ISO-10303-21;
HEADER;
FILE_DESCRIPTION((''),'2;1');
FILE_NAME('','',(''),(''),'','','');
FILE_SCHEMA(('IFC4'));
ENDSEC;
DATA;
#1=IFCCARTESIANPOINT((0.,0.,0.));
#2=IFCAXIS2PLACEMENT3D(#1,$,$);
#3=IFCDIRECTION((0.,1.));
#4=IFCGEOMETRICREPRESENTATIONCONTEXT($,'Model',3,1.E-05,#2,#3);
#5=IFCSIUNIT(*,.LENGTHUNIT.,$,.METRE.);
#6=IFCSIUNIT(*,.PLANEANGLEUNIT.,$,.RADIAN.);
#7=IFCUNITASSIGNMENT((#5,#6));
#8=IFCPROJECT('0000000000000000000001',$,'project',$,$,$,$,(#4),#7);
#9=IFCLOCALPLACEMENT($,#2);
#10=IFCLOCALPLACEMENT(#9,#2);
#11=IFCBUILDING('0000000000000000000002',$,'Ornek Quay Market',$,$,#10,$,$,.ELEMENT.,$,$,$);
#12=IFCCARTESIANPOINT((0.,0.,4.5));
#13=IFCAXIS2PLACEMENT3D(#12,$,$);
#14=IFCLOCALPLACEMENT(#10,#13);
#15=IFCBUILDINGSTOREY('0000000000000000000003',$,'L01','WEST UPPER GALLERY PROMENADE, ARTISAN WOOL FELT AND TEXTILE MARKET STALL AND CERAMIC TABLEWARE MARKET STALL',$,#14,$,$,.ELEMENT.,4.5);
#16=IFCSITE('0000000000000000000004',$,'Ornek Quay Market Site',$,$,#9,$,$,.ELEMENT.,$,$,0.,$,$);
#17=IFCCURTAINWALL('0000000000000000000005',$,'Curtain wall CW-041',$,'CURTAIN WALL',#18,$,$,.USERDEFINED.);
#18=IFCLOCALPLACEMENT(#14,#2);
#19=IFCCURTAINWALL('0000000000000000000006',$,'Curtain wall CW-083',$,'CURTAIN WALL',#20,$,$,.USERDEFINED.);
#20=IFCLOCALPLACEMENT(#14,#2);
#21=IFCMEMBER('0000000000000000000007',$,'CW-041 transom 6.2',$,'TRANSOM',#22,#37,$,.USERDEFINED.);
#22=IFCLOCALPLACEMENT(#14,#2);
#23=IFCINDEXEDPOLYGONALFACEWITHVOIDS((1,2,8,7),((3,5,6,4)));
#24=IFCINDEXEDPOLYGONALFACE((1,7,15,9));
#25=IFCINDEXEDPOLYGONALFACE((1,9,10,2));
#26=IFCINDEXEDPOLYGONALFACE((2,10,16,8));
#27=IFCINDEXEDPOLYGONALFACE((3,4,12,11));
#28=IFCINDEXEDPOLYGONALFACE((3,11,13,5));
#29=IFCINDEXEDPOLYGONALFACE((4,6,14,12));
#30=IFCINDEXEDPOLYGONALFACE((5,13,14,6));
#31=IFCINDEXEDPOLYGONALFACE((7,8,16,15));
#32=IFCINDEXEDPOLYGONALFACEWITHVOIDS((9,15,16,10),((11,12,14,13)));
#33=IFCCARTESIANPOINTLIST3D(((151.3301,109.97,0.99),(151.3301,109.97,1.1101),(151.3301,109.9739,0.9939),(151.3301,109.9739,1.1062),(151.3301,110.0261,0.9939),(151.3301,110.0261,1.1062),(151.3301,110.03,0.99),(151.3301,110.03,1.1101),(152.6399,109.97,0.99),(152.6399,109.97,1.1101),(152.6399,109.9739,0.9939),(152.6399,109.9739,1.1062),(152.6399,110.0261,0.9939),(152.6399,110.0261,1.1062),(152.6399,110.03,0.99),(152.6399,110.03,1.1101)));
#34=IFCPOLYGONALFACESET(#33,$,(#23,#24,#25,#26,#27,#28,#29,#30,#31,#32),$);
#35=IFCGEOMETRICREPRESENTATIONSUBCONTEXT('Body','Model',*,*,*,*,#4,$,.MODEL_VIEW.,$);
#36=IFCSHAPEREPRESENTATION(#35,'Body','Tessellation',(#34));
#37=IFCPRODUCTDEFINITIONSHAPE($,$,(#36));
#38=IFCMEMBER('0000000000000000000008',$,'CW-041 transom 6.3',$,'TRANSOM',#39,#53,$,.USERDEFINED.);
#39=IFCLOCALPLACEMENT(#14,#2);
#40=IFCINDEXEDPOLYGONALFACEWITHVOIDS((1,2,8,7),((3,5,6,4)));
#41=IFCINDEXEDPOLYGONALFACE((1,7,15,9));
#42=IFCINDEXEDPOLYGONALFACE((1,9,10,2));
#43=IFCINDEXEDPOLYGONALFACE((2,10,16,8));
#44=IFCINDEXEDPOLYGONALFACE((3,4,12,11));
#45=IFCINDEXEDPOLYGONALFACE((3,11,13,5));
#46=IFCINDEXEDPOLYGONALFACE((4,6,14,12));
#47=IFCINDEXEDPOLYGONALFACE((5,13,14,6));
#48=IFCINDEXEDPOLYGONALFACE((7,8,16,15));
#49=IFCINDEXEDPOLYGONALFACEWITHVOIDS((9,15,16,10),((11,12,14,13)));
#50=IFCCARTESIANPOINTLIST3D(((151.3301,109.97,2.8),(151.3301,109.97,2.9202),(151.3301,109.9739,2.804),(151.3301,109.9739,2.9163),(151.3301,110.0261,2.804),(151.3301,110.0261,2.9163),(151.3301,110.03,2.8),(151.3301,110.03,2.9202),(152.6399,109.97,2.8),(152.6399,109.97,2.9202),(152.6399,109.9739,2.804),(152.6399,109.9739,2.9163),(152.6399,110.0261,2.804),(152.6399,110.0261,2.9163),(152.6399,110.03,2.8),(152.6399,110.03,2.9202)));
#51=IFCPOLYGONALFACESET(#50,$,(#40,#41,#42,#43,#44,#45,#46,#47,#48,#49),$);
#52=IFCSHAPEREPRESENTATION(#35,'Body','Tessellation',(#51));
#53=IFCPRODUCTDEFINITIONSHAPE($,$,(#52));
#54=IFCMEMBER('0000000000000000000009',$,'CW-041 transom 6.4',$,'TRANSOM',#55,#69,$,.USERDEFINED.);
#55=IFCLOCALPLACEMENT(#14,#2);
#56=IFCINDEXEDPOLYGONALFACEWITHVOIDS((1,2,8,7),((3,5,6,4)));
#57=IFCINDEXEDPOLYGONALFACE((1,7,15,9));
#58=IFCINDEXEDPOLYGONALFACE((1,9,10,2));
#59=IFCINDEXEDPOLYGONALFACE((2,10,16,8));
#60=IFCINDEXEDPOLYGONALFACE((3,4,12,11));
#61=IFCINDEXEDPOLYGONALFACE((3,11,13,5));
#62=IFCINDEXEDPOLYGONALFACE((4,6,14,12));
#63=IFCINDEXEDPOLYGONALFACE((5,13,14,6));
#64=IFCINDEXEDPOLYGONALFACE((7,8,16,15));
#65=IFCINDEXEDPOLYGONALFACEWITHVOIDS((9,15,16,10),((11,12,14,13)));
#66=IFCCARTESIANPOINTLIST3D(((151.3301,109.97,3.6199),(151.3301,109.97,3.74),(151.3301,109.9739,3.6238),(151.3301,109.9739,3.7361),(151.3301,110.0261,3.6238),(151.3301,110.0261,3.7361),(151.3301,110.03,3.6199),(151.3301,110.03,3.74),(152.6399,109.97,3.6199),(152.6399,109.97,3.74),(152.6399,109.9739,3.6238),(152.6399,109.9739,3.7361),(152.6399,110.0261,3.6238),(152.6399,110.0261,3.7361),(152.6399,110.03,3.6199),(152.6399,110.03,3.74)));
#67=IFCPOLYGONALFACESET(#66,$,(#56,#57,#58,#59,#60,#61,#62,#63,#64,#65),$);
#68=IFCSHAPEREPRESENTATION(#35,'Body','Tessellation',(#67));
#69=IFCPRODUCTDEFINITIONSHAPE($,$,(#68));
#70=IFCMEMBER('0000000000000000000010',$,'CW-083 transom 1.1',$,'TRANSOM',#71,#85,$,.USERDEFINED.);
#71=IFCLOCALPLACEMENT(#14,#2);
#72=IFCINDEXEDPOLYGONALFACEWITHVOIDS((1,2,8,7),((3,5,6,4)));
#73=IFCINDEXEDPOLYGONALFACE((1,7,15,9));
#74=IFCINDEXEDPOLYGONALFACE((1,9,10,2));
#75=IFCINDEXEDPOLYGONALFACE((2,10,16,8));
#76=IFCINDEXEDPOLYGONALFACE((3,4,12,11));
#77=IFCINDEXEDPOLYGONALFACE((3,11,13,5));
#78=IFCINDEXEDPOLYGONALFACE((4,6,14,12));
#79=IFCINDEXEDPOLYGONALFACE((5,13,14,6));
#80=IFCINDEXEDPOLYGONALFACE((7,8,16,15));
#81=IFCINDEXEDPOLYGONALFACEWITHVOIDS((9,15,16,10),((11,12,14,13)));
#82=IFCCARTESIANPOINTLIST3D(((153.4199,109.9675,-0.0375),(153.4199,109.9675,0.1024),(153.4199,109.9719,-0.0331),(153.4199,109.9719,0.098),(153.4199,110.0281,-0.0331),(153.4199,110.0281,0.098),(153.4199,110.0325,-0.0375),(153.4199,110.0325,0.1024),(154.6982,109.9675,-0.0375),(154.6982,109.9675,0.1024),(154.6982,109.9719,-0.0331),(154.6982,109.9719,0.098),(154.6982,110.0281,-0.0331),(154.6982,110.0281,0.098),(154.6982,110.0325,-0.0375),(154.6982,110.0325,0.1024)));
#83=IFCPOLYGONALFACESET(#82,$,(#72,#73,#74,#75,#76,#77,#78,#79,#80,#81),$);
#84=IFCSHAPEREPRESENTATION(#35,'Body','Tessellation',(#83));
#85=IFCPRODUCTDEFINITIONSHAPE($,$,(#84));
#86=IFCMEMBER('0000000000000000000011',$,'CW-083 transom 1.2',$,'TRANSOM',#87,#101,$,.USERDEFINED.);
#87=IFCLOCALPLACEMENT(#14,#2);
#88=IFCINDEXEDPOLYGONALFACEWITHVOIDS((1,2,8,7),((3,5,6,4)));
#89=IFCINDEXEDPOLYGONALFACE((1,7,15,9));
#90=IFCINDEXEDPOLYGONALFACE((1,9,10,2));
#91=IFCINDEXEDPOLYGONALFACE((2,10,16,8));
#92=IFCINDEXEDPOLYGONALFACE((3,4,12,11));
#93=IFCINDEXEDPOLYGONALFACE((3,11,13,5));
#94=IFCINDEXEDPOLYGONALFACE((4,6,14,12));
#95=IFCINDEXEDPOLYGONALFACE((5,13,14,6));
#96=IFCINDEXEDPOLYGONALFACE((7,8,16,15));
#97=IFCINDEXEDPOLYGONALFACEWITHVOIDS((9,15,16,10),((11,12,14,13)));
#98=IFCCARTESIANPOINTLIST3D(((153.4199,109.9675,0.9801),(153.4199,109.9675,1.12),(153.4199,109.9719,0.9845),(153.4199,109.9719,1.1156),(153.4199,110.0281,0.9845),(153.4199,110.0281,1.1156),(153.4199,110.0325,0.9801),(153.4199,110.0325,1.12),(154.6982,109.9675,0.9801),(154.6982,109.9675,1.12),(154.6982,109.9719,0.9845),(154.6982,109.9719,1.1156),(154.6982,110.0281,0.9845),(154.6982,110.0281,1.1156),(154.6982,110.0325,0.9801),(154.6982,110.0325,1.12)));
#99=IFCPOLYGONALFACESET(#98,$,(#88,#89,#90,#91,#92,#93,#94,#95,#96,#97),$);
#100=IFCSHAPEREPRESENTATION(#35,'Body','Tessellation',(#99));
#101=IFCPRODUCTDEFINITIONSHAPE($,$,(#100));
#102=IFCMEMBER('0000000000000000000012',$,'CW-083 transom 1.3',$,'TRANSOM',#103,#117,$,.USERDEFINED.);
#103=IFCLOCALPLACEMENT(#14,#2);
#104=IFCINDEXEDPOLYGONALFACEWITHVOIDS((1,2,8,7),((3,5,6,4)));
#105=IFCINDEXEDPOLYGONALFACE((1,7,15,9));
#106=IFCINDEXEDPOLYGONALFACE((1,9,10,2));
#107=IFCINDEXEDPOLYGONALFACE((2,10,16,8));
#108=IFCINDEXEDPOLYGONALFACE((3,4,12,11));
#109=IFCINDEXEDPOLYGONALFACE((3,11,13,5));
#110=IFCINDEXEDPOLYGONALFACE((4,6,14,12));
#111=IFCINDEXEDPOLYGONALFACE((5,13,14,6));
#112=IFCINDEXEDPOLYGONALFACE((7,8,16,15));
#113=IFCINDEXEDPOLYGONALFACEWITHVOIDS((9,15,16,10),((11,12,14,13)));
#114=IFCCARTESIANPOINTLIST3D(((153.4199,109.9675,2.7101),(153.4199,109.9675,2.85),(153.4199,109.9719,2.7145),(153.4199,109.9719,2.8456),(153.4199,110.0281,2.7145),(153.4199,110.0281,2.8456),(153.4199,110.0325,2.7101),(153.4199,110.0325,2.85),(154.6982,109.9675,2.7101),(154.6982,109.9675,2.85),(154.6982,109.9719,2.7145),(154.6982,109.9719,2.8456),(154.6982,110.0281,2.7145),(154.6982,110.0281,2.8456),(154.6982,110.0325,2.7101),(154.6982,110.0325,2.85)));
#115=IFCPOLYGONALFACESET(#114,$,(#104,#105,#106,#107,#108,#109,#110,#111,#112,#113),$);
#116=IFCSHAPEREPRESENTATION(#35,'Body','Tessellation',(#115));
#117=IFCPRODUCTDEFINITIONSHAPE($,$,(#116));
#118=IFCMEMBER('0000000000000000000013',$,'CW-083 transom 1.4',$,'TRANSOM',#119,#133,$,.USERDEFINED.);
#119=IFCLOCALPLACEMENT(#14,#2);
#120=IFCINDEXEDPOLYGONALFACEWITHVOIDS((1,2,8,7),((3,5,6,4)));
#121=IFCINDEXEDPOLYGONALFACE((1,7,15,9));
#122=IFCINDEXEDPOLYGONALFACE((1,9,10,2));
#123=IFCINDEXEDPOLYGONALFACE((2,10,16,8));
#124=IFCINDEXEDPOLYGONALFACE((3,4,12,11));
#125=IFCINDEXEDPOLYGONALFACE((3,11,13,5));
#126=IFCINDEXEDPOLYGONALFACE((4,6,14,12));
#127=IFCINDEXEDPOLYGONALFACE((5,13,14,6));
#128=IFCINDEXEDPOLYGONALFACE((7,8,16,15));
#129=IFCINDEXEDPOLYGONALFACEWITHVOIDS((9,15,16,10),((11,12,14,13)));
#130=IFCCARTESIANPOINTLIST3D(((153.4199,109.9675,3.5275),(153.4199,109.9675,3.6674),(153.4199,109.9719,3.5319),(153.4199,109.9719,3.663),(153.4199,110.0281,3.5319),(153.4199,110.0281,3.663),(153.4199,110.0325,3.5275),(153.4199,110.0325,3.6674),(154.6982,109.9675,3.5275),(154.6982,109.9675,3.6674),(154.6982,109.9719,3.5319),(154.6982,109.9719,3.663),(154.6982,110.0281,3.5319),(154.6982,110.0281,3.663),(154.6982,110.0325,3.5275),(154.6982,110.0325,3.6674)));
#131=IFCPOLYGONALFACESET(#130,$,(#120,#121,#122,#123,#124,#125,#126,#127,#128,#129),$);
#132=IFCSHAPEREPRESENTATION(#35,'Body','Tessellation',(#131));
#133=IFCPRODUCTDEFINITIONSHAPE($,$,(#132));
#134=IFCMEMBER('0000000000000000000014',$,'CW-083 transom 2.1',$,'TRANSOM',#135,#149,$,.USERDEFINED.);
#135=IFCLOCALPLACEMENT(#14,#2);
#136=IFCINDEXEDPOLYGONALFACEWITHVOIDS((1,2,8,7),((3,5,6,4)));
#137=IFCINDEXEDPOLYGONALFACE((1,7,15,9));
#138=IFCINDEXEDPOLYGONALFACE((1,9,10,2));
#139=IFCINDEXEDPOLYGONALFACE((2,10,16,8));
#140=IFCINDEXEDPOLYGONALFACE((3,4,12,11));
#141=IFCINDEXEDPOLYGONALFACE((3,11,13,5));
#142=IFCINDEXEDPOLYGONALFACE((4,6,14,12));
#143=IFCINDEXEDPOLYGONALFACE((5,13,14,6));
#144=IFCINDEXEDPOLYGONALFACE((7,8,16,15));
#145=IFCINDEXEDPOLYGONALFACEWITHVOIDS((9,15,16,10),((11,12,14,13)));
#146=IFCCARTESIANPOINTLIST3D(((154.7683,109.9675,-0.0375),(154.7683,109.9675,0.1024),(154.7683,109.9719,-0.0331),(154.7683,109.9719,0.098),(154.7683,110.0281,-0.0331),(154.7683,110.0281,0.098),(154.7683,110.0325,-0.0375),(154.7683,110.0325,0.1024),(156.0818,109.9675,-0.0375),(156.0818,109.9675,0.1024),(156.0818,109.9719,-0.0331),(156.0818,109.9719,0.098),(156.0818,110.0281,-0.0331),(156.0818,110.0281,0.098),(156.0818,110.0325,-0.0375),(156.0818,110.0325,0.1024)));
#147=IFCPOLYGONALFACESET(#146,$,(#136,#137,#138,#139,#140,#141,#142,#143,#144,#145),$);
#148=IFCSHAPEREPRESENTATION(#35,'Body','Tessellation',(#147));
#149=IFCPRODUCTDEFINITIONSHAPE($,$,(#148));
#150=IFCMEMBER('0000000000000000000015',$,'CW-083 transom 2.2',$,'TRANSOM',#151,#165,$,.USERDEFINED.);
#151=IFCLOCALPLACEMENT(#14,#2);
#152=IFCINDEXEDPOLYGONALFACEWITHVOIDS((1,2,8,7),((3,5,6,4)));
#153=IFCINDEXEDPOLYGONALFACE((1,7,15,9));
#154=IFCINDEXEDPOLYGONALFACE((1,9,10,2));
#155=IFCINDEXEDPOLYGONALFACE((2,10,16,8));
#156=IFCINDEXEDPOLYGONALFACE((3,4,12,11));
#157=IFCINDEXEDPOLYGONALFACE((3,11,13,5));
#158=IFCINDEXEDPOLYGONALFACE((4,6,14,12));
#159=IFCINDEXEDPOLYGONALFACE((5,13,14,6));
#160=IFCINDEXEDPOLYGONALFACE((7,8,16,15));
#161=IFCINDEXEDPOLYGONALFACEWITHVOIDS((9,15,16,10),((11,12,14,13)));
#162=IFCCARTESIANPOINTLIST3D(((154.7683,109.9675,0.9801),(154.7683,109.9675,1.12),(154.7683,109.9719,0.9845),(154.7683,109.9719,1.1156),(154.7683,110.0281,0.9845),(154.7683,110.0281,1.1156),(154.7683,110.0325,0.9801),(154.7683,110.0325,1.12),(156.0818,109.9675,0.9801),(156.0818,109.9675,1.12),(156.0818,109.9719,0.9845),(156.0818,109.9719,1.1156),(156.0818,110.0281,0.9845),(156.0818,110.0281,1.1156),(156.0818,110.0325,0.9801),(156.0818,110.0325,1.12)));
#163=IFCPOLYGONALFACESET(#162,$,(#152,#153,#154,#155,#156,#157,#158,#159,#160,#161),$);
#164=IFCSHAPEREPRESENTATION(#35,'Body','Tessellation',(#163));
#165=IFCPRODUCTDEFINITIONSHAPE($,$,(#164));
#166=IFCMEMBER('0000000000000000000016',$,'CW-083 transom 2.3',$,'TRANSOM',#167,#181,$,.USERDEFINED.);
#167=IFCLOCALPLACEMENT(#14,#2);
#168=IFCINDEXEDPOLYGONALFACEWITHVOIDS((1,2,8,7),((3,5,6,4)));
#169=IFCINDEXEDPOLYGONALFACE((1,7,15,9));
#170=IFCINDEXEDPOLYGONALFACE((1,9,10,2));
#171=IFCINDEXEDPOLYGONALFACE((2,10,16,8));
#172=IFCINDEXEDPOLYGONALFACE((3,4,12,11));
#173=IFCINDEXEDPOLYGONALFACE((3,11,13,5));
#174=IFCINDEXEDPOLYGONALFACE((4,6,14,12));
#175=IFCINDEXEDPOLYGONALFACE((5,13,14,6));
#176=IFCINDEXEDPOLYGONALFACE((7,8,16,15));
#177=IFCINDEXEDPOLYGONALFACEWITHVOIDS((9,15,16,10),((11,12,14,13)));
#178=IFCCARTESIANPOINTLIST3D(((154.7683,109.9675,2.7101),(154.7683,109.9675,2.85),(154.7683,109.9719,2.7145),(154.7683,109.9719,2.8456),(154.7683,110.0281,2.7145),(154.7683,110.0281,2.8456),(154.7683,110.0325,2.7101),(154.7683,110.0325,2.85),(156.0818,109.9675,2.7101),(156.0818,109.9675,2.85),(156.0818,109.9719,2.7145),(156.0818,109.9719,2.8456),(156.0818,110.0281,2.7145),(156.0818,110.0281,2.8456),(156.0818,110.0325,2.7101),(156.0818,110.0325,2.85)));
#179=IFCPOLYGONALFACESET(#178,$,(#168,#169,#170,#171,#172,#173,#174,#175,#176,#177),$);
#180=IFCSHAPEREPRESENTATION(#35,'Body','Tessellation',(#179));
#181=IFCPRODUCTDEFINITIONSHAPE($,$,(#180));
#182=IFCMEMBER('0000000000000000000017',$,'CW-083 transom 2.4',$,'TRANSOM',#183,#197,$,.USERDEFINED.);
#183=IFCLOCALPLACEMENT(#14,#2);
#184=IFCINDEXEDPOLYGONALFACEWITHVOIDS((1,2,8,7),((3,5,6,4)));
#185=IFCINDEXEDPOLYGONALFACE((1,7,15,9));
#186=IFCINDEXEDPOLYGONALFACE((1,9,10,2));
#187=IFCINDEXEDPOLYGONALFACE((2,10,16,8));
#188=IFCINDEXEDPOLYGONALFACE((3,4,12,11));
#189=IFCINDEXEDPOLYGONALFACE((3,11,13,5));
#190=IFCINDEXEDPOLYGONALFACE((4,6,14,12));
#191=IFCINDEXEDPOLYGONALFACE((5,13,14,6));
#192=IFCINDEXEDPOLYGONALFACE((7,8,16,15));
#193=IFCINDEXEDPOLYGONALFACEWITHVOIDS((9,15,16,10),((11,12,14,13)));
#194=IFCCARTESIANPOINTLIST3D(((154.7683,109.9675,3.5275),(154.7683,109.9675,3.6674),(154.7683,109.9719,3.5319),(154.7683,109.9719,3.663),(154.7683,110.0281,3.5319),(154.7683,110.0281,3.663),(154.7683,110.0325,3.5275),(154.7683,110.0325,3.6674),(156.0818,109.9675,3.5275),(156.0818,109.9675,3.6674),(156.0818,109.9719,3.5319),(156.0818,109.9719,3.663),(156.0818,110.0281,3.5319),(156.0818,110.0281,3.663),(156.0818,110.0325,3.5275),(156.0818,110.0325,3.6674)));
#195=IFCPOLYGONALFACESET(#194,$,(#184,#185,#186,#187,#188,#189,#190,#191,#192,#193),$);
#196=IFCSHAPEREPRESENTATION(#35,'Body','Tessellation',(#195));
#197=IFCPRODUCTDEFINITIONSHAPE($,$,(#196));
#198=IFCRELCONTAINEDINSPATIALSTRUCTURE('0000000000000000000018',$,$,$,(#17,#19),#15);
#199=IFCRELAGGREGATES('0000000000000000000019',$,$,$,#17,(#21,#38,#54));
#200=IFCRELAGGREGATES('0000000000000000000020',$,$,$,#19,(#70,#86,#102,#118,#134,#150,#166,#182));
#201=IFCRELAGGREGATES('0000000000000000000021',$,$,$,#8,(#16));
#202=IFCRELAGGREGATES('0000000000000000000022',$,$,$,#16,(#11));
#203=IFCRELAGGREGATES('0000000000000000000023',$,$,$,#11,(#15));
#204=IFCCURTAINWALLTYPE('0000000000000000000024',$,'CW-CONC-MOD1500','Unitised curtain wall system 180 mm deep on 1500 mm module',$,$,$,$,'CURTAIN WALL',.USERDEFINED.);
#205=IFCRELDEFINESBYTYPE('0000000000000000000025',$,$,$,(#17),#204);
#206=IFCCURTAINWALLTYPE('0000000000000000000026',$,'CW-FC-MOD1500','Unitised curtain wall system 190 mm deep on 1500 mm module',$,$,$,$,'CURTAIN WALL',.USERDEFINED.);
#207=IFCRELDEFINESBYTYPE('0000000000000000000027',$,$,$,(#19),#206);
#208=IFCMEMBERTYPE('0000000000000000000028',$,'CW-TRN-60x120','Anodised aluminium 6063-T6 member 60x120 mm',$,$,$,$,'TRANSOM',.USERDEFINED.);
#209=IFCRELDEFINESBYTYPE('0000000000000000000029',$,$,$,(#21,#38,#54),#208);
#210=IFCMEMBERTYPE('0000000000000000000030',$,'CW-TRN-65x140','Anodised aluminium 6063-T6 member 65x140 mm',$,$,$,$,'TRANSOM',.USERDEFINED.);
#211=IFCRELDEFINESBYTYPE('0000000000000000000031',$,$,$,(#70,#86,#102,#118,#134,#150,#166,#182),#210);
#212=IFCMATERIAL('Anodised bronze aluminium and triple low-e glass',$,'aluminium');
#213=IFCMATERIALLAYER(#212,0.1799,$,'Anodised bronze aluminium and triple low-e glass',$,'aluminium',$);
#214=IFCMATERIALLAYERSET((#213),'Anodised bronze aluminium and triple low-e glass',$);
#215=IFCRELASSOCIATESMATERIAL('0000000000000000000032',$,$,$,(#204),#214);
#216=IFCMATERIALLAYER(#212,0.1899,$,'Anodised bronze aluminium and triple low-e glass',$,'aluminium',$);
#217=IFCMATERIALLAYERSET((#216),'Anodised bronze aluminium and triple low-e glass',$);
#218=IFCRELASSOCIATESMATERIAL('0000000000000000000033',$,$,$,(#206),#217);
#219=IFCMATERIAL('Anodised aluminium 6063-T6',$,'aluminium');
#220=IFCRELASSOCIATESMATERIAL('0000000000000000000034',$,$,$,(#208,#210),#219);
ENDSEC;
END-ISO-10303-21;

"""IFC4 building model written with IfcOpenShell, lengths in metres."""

from ifc_helpers import new_model, si_unit, direction, frame, origin, origin_2d, place, context, subcontext, project, spatial, hollow_rectangle, extrude, material, layer, layer_set, material_profile, profile_set, type_object, element, aggregate, save


model = new_model("IFC4")

# Units and contexts
model_context = context("Model", 3, precision=1e-05, world=origin(), true_north=direction((0.0, 1.0)))
body_context = subcontext(model_context, "Body", "Model", "MODEL_VIEW")
ifc_project = project(units=[si_unit("LENGTHUNIT", "METRE"), si_unit("PLANEANGLEUNIT", "RADIAN")], contexts=[model_context])

# Site, building, storey
site_placement = place(None, origin())
site = spatial("IfcSite", under=ifc_project, at=site_placement, Name="Ornek Quay Market Site", CompositionType="ELEMENT", RefElevation=0.0)
building_placement = place(site_placement, origin())
building = spatial("IfcBuilding", under=site, at=building_placement, Name="Ornek Quay Market", CompositionType="ELEMENT")
storey_placement = place(building_placement, frame((0.0, 0.0, 4.5)))
storey = spatial("IfcBuildingStorey", under=building, at=storey_placement, Name="L01", Description="WEST UPPER GALLERY PROMENADE, ARTISAN WOOL FELT AND TEXTILE MARKET STALL AND CERAMIC TABLEWARE MARKET STALL", CompositionType="ELEMENT", Elevation=4.5)

# Curtain walls
ifc_material_1 = material(Name="Anodised bronze aluminium and triple low-e glass", Category="aluminium")
ifc_layer_1 = layer(ifc_material_1, 0.1799, Name="Anodised bronze aluminium and triple low-e glass", Category="aluminium")
ifc_layer_set_1 = layer_set([ifc_layer_1], Name="Anodised bronze aluminium and triple low-e glass")
curtain_wall_type_1 = type_object("IfcCurtainWallType", Name="CW-CONC-MOD1500", Description="Unitised curtain wall system 180 mm deep on 1500 mm module", ElementType="CURTAIN WALL", PredefinedType="USERDEFINED", material=ifc_layer_set_1)
curtain_wall_1_placement = place(storey_placement, origin())
curtain_wall_1 = element("IfcCurtainWall", 1, at=curtain_wall_1_placement, inside=storey, type_object=curtain_wall_type_1, Name="Curtain wall CW-041", ObjectType="CURTAIN WALL", PredefinedType="USERDEFINED")
ifc_material_2 = material(Name="Anodised aluminium 6063-T6", Category="aluminium")
ifc_layer_2 = layer(ifc_material_1, 0.1899, Name="Anodised bronze aluminium and triple low-e glass", Category="aluminium")
ifc_layer_set_2 = layer_set([ifc_layer_2], Name="Anodised bronze aluminium and triple low-e glass")
curtain_wall_type_2 = type_object("IfcCurtainWallType", Name="CW-FC-MOD1500", Description="Unitised curtain wall system 190 mm deep on 1500 mm module", ElementType="CURTAIN WALL", PredefinedType="USERDEFINED", material=ifc_layer_set_2)
curtain_wall_2_placement = place(storey_placement, origin())
curtain_wall_2 = element("IfcCurtainWall", 2, at=curtain_wall_2_placement, inside=storey, type_object=curtain_wall_type_2, Name="Curtain wall CW-083", ObjectType="CURTAIN WALL", PredefinedType="USERDEFINED")

# Members
ifc_material_profile_1 = material_profile(ifc_material_2, hollow_rectangle(XDim=0.0601, YDim=0.1201, WallThickness=0.0039, at=origin_2d()), Name="CW-TRN-60x120", Category="aluminium")
ifc_profile_set_1 = profile_set([ifc_material_profile_1], Name="Anodised aluminium 6063-T6")
member_type_1 = type_object("IfcMemberType", Name="CW-TRN-60x120", Description="Anodised aluminium 6063-T6 member 60x120 mm", ElementType="TRANSOM", PredefinedType="USERDEFINED", material=ifc_profile_set_1)
member_1_placement = place(storey_placement, frame((151.3301, 110.0, 1.05), z_axis=(1.0, 0.0, 0.0), x_axis=(0.0, 1.0, 0.0)))
member_1 = element("IfcMember", 3, at=member_1_placement, type_object=member_type_1, Name="CW-041 transom 6.2", ObjectType="TRANSOM", PredefinedType="USERDEFINED", context=body_context, shape_type="SweptSolid", body=[
    extrude(hollow_rectangle(XDim=0.0601, YDim=0.1201, WallThickness=0.0039, at=origin_2d()), origin(), (0.0, 0.0, 1.0), 1.3098),
])
member_2_placement = place(storey_placement, frame((151.3301, 110.0, 2.8601), z_axis=(1.0, 0.0, 0.0), x_axis=(0.0, 1.0, 0.0)))
member_2 = element("IfcMember", 4, at=member_2_placement, type_object=member_type_1, Name="CW-041 transom 6.3", ObjectType="TRANSOM", PredefinedType="USERDEFINED", context=body_context, shape_type="SweptSolid", body=[
    extrude(hollow_rectangle(XDim=0.0601, YDim=0.1201, WallThickness=0.0039, at=origin_2d()), origin(), (0.0, 0.0, 1.0), 1.3098),
])
member_3_placement = place(storey_placement, frame((151.3301, 110.0, 3.6799), z_axis=(1.0, 0.0, 0.0), x_axis=(0.0, 1.0, 0.0)))
member_3 = element("IfcMember", 5, at=member_3_placement, type_object=member_type_1, Name="CW-041 transom 6.4", ObjectType="TRANSOM", PredefinedType="USERDEFINED", context=body_context, shape_type="SweptSolid", body=[
    extrude(hollow_rectangle(XDim=0.0601, YDim=0.1201, WallThickness=0.0039, at=origin_2d()), origin(), (0.0, 0.0, 1.0), 1.3098),
])
ifc_material_profile_2 = material_profile(ifc_material_2, hollow_rectangle(XDim=0.0649, YDim=0.1399, WallThickness=0.0044, at=origin_2d()), Name="CW-TRN-65x140", Category="aluminium")
ifc_profile_set_2 = profile_set([ifc_material_profile_2], Name="Anodised aluminium 6063-T6")
member_type_2 = type_object("IfcMemberType", Name="CW-TRN-65x140", Description="Anodised aluminium 6063-T6 member 65x140 mm", ElementType="TRANSOM", PredefinedType="USERDEFINED", material=ifc_profile_set_2)
member_4_placement = place(storey_placement, frame((153.4199, 110.0, 0.0325), z_axis=(1.0, 0.0, 0.0), x_axis=(0.0, 1.0, 0.0)))
member_4 = element("IfcMember", 6, at=member_4_placement, type_object=member_type_2, Name="CW-083 transom 1.1", ObjectType="TRANSOM", PredefinedType="USERDEFINED", context=body_context, shape_type="SweptSolid", body=[
    extrude(hollow_rectangle(XDim=0.0649, YDim=0.1399, WallThickness=0.0044, at=origin_2d()), origin(), (0.0, 0.0, 1.0), 1.2783),
])
member_5_placement = place(storey_placement, frame((153.4199, 110.0, 1.05), z_axis=(1.0, 0.0, 0.0), x_axis=(0.0, 1.0, 0.0)))
member_5 = element("IfcMember", 7, at=member_5_placement, type_object=member_type_2, Name="CW-083 transom 1.2", ObjectType="TRANSOM", PredefinedType="USERDEFINED", context=body_context, shape_type="SweptSolid", body=[
    extrude(hollow_rectangle(XDim=0.0649, YDim=0.1399, WallThickness=0.0044, at=origin_2d()), origin(), (0.0, 0.0, 1.0), 1.2783),
])
member_6_placement = place(storey_placement, frame((153.4199, 110.0, 2.78), z_axis=(1.0, 0.0, 0.0), x_axis=(0.0, 1.0, 0.0)))
member_6 = element("IfcMember", 8, at=member_6_placement, type_object=member_type_2, Name="CW-083 transom 1.3", ObjectType="TRANSOM", PredefinedType="USERDEFINED", context=body_context, shape_type="SweptSolid", body=[
    extrude(hollow_rectangle(XDim=0.0649, YDim=0.1399, WallThickness=0.0044, at=origin_2d()), origin(), (0.0, 0.0, 1.0), 1.2783),
])
member_7_placement = place(storey_placement, frame((153.4199, 110.0, 3.5974), z_axis=(1.0, 0.0, 0.0), x_axis=(0.0, 1.0, 0.0)))
member_7 = element("IfcMember", 9, at=member_7_placement, type_object=member_type_2, Name="CW-083 transom 1.4", ObjectType="TRANSOM", PredefinedType="USERDEFINED", context=body_context, shape_type="SweptSolid", body=[
    extrude(hollow_rectangle(XDim=0.0649, YDim=0.1399, WallThickness=0.0044, at=origin_2d()), origin(), (0.0, 0.0, 1.0), 1.2783),
])
member_8_placement = place(storey_placement, frame((154.7683, 110.0, 0.0325), z_axis=(1.0, 0.0, 0.0), x_axis=(0.0, 1.0, 0.0)))
member_8 = element("IfcMember", 10, at=member_8_placement, type_object=member_type_2, Name="CW-083 transom 2.1", ObjectType="TRANSOM", PredefinedType="USERDEFINED", context=body_context, shape_type="SweptSolid", body=[
    extrude(hollow_rectangle(XDim=0.0649, YDim=0.1399, WallThickness=0.0044, at=origin_2d()), origin(), (0.0, 0.0, 1.0), 1.3135),
])
member_9_placement = place(storey_placement, frame((154.7683, 110.0, 1.05), z_axis=(1.0, 0.0, 0.0), x_axis=(0.0, 1.0, 0.0)))
member_9 = element("IfcMember", 11, at=member_9_placement, type_object=member_type_2, Name="CW-083 transom 2.2", ObjectType="TRANSOM", PredefinedType="USERDEFINED", context=body_context, shape_type="SweptSolid", body=[
    extrude(hollow_rectangle(XDim=0.0649, YDim=0.1399, WallThickness=0.0044, at=origin_2d()), origin(), (0.0, 0.0, 1.0), 1.3135),
])
member_10_placement = place(storey_placement, frame((154.7683, 110.0, 2.78), z_axis=(1.0, 0.0, 0.0), x_axis=(0.0, 1.0, 0.0)))
member_10 = element("IfcMember", 12, at=member_10_placement, type_object=member_type_2, Name="CW-083 transom 2.3", ObjectType="TRANSOM", PredefinedType="USERDEFINED", context=body_context, shape_type="SweptSolid", body=[
    extrude(hollow_rectangle(XDim=0.0649, YDim=0.1399, WallThickness=0.0044, at=origin_2d()), origin(), (0.0, 0.0, 1.0), 1.3135),
])
member_11_placement = place(storey_placement, frame((154.7683, 110.0, 3.5974), z_axis=(1.0, 0.0, 0.0), x_axis=(0.0, 1.0, 0.0)))
member_11 = element("IfcMember", 13, at=member_11_placement, type_object=member_type_2, Name="CW-083 transom 2.4", ObjectType="TRANSOM", PredefinedType="USERDEFINED", context=body_context, shape_type="SweptSolid", body=[
    extrude(hollow_rectangle(XDim=0.0649, YDim=0.1399, WallThickness=0.0044, at=origin_2d()), origin(), (0.0, 0.0, 1.0), 1.3135),
])

aggregate(curtain_wall_1, [member_1, member_2, member_3])
aggregate(curtain_wall_2, [member_4, member_5, member_6, member_7, member_8, member_9, member_10, member_11])

save(model, "model.ifc")
